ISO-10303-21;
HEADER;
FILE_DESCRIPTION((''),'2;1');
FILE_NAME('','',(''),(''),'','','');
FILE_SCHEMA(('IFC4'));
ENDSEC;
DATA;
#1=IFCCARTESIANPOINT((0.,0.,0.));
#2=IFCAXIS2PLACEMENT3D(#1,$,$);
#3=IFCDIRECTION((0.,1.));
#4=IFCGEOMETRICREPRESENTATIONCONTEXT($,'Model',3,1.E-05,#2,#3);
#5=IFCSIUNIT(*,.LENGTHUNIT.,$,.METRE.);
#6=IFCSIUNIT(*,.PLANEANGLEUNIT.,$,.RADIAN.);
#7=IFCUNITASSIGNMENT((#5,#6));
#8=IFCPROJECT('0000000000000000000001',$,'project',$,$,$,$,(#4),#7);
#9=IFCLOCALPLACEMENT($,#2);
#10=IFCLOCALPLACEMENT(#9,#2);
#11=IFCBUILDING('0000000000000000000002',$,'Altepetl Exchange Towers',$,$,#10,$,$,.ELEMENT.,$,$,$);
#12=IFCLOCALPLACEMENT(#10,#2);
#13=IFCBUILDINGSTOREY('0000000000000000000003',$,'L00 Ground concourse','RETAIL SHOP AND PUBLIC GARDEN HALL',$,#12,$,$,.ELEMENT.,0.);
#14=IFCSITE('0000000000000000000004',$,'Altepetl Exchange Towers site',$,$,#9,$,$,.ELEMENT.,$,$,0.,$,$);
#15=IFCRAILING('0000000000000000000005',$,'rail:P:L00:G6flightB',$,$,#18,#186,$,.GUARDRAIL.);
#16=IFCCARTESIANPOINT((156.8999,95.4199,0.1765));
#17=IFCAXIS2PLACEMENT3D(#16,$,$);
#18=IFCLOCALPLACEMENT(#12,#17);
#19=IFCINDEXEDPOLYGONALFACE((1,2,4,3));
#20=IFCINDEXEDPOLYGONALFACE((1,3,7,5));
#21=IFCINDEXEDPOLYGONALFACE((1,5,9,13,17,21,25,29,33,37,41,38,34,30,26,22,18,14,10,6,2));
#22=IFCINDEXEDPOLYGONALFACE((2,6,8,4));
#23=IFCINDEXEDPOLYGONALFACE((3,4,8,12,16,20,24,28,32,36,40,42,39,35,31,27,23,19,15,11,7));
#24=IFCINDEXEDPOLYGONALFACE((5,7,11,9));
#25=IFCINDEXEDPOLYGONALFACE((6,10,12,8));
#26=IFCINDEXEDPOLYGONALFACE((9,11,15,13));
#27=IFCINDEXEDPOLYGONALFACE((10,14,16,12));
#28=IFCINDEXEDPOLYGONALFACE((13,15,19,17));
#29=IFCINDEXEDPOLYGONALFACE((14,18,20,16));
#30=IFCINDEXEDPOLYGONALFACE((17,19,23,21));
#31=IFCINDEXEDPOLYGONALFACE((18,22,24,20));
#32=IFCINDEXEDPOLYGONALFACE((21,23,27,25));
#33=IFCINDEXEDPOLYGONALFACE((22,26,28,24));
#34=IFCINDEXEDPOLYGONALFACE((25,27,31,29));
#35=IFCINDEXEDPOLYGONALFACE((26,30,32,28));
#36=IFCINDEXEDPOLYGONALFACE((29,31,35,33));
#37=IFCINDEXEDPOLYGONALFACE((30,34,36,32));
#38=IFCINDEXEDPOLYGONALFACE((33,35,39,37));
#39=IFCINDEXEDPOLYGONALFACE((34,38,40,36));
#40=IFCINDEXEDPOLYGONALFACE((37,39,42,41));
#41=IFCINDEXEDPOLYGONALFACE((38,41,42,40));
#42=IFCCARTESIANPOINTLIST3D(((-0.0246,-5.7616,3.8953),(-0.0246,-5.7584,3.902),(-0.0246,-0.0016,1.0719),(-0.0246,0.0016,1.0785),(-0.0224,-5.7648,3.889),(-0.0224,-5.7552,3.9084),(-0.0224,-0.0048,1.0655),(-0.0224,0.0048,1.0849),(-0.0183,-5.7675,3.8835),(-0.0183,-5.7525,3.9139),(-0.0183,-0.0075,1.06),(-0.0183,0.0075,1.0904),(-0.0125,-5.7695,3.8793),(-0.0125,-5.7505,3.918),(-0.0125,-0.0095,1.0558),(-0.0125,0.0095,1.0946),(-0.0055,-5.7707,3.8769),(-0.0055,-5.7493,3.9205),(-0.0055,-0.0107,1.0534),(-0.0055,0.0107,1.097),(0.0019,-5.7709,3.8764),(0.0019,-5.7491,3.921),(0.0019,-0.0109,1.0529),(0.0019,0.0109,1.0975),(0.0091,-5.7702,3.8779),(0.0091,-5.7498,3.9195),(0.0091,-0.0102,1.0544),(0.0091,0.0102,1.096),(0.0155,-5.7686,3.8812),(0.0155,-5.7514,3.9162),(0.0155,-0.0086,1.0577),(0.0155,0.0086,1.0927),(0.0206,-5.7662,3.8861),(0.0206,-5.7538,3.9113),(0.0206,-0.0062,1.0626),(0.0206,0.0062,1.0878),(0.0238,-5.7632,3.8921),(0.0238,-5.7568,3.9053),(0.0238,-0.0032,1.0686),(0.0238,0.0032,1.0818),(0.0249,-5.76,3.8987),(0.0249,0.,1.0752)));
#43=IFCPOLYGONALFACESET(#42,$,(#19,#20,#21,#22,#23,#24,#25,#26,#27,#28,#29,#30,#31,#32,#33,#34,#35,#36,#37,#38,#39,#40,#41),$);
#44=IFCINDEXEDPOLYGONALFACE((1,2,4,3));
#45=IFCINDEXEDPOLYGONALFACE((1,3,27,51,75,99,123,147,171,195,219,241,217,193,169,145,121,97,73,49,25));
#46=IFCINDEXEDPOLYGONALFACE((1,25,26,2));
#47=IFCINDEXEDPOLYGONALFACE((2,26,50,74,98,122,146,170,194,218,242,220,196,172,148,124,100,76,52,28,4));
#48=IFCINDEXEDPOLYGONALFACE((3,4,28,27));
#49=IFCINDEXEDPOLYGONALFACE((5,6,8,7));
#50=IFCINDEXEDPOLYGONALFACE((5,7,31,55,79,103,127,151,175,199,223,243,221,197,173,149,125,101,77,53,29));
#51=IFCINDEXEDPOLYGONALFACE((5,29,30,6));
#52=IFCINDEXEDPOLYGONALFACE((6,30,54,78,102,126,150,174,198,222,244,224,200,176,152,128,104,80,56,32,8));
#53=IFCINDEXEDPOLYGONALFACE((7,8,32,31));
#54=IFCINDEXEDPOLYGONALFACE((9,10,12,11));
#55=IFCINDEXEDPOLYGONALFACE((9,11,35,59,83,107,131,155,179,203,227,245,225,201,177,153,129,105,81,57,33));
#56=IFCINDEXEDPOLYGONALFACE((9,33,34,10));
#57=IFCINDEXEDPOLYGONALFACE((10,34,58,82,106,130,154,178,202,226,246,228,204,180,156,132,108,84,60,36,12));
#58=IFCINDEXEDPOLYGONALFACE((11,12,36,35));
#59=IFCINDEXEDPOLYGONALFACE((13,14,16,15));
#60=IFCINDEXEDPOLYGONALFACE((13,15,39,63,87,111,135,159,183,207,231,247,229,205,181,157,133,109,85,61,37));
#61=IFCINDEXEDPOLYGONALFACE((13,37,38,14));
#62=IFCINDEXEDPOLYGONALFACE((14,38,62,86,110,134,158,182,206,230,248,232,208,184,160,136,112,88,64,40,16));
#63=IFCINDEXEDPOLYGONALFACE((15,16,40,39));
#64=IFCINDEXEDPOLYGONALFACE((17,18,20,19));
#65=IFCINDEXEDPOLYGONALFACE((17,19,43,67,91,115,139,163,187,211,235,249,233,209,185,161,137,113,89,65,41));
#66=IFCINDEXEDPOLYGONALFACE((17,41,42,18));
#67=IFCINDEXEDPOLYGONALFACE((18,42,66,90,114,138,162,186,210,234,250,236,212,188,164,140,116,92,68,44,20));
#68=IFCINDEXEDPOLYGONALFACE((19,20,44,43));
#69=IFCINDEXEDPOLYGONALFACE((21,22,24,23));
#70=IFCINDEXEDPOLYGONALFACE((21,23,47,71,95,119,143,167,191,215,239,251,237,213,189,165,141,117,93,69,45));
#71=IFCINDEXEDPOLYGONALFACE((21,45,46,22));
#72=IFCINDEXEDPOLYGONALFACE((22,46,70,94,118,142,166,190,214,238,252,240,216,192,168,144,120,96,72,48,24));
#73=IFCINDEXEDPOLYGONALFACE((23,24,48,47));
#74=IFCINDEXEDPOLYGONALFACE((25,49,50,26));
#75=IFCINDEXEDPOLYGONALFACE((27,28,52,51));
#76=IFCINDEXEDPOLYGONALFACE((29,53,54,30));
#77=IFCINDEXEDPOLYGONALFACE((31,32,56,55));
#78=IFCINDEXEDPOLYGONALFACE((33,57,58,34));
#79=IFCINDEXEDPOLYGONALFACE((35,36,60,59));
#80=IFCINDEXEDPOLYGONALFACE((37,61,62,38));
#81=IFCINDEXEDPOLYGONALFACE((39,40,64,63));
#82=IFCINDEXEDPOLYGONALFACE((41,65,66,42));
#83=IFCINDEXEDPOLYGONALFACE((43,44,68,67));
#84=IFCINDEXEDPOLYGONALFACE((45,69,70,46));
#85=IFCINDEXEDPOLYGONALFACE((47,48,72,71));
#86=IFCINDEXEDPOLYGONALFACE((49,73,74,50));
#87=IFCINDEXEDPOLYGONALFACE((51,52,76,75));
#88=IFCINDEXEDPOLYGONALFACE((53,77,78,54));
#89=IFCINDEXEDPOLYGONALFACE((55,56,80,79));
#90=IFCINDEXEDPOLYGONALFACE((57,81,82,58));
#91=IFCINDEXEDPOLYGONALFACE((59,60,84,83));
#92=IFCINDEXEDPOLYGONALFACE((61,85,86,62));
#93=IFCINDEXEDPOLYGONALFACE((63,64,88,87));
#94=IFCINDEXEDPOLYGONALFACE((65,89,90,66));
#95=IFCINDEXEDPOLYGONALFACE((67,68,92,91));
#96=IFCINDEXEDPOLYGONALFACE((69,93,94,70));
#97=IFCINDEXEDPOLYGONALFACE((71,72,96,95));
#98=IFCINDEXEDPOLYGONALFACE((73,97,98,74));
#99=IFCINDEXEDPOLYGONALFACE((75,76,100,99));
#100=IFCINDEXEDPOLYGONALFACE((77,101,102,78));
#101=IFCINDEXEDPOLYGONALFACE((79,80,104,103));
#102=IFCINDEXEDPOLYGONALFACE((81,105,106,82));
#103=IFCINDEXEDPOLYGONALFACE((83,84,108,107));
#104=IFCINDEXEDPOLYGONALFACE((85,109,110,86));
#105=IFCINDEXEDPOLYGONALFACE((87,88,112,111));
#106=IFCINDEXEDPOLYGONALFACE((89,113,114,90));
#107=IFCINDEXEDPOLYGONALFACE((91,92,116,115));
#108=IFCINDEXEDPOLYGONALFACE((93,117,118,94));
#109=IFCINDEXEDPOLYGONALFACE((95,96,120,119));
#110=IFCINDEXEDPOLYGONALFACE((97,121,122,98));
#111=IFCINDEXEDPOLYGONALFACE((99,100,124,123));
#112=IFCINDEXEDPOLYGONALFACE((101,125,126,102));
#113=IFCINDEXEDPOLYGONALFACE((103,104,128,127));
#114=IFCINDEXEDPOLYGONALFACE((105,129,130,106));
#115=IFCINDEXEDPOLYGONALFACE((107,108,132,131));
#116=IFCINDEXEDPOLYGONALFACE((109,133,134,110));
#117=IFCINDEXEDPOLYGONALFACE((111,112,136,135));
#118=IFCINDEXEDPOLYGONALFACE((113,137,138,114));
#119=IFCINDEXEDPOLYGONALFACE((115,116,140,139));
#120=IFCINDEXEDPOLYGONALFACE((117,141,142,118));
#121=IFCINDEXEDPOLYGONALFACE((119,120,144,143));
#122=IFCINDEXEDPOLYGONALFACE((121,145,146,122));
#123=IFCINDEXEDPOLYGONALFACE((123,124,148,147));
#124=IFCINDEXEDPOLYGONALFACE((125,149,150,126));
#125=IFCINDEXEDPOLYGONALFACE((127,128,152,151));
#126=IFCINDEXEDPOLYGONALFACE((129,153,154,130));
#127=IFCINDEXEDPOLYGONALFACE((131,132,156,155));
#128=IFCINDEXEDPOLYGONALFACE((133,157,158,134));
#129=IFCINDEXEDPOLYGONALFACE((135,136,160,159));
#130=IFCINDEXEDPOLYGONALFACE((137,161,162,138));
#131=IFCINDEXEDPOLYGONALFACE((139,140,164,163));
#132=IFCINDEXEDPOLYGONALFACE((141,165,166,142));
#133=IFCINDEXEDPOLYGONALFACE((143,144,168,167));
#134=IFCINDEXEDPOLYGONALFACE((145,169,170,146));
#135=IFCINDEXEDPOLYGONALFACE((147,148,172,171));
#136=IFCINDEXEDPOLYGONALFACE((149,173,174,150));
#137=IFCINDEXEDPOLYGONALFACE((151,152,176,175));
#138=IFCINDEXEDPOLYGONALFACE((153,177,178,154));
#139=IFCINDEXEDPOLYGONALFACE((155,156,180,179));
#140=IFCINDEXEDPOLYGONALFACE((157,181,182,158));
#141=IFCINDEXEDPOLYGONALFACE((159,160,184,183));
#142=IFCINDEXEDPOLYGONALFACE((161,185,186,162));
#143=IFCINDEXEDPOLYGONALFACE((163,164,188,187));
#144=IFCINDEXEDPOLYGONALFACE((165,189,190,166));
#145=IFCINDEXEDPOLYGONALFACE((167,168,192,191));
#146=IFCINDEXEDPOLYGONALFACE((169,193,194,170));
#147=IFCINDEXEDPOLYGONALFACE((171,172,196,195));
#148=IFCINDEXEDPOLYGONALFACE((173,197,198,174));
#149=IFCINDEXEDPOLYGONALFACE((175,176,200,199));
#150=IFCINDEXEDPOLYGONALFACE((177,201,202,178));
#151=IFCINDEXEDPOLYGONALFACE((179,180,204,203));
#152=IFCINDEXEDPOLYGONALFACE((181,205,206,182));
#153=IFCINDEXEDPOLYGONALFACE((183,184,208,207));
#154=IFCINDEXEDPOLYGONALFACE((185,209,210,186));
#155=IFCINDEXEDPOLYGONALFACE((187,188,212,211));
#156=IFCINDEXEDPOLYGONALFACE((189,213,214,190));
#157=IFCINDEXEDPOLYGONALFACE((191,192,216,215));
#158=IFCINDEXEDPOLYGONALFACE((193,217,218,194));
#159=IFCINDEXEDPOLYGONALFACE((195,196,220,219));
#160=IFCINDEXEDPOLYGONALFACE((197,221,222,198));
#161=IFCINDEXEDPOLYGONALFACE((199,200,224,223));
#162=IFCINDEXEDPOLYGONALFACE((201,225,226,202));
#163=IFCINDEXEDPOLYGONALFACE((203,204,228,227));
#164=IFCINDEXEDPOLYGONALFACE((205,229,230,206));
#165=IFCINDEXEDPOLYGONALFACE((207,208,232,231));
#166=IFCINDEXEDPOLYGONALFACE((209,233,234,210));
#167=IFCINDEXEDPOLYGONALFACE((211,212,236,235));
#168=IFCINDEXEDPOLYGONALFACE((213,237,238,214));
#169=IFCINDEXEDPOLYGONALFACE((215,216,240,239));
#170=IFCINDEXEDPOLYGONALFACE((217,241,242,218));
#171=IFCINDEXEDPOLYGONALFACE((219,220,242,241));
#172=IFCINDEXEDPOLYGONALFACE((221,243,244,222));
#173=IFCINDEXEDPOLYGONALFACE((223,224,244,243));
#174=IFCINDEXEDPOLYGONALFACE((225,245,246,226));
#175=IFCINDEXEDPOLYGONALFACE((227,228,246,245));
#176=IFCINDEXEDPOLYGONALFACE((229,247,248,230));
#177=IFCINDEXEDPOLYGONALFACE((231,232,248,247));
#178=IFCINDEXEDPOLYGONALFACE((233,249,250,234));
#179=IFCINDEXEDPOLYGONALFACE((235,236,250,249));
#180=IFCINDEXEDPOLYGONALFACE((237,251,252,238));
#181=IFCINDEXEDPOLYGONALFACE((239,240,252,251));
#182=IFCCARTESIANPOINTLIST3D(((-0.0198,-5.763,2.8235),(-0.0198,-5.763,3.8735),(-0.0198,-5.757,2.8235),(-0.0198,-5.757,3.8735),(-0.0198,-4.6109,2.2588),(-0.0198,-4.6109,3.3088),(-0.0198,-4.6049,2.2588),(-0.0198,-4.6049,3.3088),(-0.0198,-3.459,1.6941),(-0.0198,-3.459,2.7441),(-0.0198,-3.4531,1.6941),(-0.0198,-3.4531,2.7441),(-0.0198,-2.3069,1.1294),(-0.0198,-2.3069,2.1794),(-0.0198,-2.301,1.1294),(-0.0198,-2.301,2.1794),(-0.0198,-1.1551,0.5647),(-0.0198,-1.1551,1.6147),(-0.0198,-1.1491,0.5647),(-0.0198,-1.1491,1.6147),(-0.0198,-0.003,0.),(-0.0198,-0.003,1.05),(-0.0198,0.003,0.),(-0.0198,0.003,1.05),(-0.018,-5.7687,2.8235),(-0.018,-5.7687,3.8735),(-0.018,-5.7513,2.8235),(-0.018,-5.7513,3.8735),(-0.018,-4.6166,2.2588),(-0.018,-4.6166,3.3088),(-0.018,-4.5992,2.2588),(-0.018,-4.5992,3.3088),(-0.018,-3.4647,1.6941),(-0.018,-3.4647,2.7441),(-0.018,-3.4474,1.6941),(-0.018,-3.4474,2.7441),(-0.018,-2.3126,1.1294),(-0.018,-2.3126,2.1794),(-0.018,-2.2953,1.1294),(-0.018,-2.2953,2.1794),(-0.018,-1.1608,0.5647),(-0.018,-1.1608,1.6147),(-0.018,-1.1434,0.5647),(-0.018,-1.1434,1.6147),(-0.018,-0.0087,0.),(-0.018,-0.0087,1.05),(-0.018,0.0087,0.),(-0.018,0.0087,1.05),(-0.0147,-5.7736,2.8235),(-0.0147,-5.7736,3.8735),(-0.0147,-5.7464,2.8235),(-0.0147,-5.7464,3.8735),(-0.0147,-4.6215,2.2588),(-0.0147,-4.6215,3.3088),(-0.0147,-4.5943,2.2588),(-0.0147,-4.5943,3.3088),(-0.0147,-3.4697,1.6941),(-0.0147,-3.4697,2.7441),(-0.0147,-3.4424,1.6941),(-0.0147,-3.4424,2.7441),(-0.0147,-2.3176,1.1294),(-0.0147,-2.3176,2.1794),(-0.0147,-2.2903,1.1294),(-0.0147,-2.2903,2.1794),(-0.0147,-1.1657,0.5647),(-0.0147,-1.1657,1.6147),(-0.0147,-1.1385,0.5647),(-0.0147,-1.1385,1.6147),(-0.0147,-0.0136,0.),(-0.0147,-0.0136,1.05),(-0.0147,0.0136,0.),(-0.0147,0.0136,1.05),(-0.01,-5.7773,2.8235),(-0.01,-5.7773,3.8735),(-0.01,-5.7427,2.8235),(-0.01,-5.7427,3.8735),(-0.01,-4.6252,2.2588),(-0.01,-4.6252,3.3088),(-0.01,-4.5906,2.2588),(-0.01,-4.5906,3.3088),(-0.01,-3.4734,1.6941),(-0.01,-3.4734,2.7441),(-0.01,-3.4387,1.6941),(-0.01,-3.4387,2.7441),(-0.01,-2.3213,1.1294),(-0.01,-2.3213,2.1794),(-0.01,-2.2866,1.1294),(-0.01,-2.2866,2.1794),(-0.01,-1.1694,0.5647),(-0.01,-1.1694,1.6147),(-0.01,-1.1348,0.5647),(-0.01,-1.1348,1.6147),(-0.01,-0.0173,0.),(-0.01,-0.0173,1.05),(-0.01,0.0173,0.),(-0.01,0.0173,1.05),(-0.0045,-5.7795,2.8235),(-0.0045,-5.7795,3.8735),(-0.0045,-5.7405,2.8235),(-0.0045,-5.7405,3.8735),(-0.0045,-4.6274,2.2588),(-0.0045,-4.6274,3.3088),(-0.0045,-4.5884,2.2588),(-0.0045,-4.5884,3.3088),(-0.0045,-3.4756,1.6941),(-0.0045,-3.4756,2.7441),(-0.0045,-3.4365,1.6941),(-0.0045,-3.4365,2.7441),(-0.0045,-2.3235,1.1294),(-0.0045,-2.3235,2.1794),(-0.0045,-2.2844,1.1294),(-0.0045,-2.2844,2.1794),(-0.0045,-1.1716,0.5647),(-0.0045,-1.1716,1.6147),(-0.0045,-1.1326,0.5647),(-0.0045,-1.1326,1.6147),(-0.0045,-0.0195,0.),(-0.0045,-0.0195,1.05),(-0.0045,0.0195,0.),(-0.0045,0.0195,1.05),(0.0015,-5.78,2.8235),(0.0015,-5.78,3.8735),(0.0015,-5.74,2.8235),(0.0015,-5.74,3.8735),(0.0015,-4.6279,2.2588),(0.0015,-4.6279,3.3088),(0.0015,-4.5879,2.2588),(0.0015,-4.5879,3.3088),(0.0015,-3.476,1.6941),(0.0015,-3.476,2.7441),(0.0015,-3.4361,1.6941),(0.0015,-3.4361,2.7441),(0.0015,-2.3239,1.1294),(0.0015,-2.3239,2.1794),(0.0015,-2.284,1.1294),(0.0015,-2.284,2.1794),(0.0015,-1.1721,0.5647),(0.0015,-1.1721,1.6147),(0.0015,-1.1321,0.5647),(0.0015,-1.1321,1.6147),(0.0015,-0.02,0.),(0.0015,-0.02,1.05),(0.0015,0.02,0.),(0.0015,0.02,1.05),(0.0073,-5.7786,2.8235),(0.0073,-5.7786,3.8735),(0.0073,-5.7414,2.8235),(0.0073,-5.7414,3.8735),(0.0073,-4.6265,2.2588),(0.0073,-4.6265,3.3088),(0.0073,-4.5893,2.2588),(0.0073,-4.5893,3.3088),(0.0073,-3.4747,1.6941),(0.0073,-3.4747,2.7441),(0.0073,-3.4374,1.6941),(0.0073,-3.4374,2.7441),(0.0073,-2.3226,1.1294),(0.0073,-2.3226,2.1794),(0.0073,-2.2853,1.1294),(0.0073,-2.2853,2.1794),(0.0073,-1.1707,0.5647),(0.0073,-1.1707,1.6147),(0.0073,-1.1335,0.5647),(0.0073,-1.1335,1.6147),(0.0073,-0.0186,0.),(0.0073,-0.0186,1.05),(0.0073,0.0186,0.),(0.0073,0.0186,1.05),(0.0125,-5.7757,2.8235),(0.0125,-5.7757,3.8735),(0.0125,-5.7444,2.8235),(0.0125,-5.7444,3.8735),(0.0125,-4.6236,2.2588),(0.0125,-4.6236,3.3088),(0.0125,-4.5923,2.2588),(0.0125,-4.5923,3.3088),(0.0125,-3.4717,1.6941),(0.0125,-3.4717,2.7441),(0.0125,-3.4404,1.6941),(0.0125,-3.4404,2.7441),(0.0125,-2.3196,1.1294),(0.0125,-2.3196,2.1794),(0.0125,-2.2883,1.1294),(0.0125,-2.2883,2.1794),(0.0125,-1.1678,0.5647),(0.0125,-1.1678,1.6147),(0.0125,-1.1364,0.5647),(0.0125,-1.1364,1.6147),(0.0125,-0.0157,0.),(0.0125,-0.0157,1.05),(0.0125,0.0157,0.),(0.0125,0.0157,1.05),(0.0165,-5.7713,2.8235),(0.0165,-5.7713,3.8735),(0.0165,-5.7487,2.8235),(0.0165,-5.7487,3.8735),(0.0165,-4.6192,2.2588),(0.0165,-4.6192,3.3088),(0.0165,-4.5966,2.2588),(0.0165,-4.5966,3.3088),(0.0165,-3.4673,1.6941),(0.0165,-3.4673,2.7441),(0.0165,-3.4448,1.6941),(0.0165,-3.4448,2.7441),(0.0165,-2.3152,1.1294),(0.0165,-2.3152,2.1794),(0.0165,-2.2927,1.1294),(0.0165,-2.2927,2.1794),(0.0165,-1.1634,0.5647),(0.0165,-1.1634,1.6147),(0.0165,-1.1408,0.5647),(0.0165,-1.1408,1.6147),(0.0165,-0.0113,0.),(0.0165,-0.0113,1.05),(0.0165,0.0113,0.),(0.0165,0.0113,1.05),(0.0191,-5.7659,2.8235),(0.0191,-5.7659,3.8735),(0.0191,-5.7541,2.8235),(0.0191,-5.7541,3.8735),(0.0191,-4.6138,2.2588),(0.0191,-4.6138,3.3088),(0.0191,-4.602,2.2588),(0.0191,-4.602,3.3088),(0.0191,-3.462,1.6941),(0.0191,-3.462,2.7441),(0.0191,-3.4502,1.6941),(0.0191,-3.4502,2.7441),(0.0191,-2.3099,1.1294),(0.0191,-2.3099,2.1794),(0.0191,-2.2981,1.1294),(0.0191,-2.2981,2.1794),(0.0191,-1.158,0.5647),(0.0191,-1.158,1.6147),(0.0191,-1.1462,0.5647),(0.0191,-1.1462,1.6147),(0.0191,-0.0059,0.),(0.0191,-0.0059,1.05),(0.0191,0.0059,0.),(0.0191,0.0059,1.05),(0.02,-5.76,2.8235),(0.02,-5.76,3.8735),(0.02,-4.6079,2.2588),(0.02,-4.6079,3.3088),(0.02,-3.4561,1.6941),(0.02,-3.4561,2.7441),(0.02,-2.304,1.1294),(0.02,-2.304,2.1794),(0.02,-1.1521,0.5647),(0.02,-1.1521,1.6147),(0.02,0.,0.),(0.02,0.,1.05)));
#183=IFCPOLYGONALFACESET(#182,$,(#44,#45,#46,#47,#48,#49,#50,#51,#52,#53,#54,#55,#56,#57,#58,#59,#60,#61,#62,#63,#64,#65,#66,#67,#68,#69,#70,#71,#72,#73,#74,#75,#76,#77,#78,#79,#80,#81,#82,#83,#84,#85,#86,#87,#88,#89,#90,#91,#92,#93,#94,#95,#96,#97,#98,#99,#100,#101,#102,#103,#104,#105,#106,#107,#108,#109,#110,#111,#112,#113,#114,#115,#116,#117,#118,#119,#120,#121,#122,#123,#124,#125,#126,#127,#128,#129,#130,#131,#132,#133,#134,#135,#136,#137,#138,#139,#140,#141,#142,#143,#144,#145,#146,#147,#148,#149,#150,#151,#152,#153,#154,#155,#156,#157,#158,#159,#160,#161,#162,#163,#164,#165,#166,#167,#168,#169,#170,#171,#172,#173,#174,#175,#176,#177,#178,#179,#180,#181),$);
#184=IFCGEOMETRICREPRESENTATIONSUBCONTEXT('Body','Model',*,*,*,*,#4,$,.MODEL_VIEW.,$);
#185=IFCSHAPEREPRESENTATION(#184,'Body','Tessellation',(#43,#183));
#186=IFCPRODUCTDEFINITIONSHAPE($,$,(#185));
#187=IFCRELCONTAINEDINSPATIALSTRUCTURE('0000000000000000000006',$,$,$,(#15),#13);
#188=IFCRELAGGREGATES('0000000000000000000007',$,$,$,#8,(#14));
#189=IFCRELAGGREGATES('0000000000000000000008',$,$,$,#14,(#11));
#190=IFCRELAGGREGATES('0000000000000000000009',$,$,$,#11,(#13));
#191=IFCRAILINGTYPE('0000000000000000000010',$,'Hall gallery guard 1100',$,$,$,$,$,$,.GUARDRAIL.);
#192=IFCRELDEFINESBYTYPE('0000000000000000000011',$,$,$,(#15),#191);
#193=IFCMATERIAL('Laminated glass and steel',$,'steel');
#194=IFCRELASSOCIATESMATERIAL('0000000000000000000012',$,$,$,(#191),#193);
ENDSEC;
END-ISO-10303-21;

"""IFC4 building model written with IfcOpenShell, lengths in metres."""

from ifc_helpers import new_model, si_unit, direction, frame, origin, origin_2d, place, context, subcontext, project, spatial, circle, extrude, source, transform, mapped, material, type_object, element, save


model = new_model("IFC4")

# Units and contexts
model_context = context("Model", 3, precision=1e-05, world=origin(), true_north=direction((0.0, 1.0)))
body_context = subcontext(model_context, "Body", "Model", "MODEL_VIEW")
ifc_project = project(units=[si_unit("LENGTHUNIT", "METRE"), si_unit("PLANEANGLEUNIT", "RADIAN")], contexts=[model_context])

# Site, building, storey
site_placement = place(None, origin())
site = spatial("IfcSite", under=ifc_project, at=site_placement, Name="Altepetl Exchange Towers site", CompositionType="ELEMENT", RefElevation=0.0)
building_placement = place(site_placement, origin())
building = spatial("IfcBuilding", under=site, at=building_placement, Name="Altepetl Exchange Towers", CompositionType="ELEMENT")
storey_placement = place(building_placement, origin())
storey = spatial("IfcBuildingStorey", under=building, at=storey_placement, Name="L00 Ground concourse", Description="RETAIL SHOP AND PUBLIC GARDEN HALL", CompositionType="ELEMENT", Elevation=0.0)

# Railing
ifc_material_1 = material(Name="Laminated glass and steel", Category="steel")
railing_type_1 = type_object("IfcRailingType", Name="Hall gallery guard 1100", PredefinedType="GUARDRAIL", material=ifc_material_1)
shared_shape_1 = source(origin(), body_context, "Body", "SweptSolid", [
    extrude(circle(Radius=0.02, at=origin_2d()), origin(), (0.0, 0.0, 1.0), 1.05),
])
for number, where, name in (
    (1, (156.8999, 95.4199, 0.1765), "rail:P:L00:G6flightB"),
):
    element("IfcRailing", number, at=place(storey_placement, frame(where)), inside=storey, type_object=railing_type_1, Name=name, PredefinedType="GUARDRAIL", context=body_context, shape_type="SweptSolid", body=[
        extrude(circle(Radius=0.0249, at=origin_2d()), frame((0.0, 0.0, 1.0752), z_axis=(0.0, -0.897924, 0.440151), x_axis=(1.0, 0.0, 0.0)), (0.0, 0.0, 1.0), 6.4148),
        mapped(shared_shape_1, transform((0.0, 0.0, 0.0))),
        mapped(shared_shape_1, transform((0.0, -1.1521, 0.5647))),
        mapped(shared_shape_1, transform((0.0, -2.304, 1.1294))),
        mapped(shared_shape_1, transform((0.0, -3.4561, 1.6941))),
        mapped(shared_shape_1, transform((0.0, -4.6079, 2.2588))),
        mapped(shared_shape_1, transform((0.0, -5.76, 2.8235))),
    ])

save(model, "model.ifc")
